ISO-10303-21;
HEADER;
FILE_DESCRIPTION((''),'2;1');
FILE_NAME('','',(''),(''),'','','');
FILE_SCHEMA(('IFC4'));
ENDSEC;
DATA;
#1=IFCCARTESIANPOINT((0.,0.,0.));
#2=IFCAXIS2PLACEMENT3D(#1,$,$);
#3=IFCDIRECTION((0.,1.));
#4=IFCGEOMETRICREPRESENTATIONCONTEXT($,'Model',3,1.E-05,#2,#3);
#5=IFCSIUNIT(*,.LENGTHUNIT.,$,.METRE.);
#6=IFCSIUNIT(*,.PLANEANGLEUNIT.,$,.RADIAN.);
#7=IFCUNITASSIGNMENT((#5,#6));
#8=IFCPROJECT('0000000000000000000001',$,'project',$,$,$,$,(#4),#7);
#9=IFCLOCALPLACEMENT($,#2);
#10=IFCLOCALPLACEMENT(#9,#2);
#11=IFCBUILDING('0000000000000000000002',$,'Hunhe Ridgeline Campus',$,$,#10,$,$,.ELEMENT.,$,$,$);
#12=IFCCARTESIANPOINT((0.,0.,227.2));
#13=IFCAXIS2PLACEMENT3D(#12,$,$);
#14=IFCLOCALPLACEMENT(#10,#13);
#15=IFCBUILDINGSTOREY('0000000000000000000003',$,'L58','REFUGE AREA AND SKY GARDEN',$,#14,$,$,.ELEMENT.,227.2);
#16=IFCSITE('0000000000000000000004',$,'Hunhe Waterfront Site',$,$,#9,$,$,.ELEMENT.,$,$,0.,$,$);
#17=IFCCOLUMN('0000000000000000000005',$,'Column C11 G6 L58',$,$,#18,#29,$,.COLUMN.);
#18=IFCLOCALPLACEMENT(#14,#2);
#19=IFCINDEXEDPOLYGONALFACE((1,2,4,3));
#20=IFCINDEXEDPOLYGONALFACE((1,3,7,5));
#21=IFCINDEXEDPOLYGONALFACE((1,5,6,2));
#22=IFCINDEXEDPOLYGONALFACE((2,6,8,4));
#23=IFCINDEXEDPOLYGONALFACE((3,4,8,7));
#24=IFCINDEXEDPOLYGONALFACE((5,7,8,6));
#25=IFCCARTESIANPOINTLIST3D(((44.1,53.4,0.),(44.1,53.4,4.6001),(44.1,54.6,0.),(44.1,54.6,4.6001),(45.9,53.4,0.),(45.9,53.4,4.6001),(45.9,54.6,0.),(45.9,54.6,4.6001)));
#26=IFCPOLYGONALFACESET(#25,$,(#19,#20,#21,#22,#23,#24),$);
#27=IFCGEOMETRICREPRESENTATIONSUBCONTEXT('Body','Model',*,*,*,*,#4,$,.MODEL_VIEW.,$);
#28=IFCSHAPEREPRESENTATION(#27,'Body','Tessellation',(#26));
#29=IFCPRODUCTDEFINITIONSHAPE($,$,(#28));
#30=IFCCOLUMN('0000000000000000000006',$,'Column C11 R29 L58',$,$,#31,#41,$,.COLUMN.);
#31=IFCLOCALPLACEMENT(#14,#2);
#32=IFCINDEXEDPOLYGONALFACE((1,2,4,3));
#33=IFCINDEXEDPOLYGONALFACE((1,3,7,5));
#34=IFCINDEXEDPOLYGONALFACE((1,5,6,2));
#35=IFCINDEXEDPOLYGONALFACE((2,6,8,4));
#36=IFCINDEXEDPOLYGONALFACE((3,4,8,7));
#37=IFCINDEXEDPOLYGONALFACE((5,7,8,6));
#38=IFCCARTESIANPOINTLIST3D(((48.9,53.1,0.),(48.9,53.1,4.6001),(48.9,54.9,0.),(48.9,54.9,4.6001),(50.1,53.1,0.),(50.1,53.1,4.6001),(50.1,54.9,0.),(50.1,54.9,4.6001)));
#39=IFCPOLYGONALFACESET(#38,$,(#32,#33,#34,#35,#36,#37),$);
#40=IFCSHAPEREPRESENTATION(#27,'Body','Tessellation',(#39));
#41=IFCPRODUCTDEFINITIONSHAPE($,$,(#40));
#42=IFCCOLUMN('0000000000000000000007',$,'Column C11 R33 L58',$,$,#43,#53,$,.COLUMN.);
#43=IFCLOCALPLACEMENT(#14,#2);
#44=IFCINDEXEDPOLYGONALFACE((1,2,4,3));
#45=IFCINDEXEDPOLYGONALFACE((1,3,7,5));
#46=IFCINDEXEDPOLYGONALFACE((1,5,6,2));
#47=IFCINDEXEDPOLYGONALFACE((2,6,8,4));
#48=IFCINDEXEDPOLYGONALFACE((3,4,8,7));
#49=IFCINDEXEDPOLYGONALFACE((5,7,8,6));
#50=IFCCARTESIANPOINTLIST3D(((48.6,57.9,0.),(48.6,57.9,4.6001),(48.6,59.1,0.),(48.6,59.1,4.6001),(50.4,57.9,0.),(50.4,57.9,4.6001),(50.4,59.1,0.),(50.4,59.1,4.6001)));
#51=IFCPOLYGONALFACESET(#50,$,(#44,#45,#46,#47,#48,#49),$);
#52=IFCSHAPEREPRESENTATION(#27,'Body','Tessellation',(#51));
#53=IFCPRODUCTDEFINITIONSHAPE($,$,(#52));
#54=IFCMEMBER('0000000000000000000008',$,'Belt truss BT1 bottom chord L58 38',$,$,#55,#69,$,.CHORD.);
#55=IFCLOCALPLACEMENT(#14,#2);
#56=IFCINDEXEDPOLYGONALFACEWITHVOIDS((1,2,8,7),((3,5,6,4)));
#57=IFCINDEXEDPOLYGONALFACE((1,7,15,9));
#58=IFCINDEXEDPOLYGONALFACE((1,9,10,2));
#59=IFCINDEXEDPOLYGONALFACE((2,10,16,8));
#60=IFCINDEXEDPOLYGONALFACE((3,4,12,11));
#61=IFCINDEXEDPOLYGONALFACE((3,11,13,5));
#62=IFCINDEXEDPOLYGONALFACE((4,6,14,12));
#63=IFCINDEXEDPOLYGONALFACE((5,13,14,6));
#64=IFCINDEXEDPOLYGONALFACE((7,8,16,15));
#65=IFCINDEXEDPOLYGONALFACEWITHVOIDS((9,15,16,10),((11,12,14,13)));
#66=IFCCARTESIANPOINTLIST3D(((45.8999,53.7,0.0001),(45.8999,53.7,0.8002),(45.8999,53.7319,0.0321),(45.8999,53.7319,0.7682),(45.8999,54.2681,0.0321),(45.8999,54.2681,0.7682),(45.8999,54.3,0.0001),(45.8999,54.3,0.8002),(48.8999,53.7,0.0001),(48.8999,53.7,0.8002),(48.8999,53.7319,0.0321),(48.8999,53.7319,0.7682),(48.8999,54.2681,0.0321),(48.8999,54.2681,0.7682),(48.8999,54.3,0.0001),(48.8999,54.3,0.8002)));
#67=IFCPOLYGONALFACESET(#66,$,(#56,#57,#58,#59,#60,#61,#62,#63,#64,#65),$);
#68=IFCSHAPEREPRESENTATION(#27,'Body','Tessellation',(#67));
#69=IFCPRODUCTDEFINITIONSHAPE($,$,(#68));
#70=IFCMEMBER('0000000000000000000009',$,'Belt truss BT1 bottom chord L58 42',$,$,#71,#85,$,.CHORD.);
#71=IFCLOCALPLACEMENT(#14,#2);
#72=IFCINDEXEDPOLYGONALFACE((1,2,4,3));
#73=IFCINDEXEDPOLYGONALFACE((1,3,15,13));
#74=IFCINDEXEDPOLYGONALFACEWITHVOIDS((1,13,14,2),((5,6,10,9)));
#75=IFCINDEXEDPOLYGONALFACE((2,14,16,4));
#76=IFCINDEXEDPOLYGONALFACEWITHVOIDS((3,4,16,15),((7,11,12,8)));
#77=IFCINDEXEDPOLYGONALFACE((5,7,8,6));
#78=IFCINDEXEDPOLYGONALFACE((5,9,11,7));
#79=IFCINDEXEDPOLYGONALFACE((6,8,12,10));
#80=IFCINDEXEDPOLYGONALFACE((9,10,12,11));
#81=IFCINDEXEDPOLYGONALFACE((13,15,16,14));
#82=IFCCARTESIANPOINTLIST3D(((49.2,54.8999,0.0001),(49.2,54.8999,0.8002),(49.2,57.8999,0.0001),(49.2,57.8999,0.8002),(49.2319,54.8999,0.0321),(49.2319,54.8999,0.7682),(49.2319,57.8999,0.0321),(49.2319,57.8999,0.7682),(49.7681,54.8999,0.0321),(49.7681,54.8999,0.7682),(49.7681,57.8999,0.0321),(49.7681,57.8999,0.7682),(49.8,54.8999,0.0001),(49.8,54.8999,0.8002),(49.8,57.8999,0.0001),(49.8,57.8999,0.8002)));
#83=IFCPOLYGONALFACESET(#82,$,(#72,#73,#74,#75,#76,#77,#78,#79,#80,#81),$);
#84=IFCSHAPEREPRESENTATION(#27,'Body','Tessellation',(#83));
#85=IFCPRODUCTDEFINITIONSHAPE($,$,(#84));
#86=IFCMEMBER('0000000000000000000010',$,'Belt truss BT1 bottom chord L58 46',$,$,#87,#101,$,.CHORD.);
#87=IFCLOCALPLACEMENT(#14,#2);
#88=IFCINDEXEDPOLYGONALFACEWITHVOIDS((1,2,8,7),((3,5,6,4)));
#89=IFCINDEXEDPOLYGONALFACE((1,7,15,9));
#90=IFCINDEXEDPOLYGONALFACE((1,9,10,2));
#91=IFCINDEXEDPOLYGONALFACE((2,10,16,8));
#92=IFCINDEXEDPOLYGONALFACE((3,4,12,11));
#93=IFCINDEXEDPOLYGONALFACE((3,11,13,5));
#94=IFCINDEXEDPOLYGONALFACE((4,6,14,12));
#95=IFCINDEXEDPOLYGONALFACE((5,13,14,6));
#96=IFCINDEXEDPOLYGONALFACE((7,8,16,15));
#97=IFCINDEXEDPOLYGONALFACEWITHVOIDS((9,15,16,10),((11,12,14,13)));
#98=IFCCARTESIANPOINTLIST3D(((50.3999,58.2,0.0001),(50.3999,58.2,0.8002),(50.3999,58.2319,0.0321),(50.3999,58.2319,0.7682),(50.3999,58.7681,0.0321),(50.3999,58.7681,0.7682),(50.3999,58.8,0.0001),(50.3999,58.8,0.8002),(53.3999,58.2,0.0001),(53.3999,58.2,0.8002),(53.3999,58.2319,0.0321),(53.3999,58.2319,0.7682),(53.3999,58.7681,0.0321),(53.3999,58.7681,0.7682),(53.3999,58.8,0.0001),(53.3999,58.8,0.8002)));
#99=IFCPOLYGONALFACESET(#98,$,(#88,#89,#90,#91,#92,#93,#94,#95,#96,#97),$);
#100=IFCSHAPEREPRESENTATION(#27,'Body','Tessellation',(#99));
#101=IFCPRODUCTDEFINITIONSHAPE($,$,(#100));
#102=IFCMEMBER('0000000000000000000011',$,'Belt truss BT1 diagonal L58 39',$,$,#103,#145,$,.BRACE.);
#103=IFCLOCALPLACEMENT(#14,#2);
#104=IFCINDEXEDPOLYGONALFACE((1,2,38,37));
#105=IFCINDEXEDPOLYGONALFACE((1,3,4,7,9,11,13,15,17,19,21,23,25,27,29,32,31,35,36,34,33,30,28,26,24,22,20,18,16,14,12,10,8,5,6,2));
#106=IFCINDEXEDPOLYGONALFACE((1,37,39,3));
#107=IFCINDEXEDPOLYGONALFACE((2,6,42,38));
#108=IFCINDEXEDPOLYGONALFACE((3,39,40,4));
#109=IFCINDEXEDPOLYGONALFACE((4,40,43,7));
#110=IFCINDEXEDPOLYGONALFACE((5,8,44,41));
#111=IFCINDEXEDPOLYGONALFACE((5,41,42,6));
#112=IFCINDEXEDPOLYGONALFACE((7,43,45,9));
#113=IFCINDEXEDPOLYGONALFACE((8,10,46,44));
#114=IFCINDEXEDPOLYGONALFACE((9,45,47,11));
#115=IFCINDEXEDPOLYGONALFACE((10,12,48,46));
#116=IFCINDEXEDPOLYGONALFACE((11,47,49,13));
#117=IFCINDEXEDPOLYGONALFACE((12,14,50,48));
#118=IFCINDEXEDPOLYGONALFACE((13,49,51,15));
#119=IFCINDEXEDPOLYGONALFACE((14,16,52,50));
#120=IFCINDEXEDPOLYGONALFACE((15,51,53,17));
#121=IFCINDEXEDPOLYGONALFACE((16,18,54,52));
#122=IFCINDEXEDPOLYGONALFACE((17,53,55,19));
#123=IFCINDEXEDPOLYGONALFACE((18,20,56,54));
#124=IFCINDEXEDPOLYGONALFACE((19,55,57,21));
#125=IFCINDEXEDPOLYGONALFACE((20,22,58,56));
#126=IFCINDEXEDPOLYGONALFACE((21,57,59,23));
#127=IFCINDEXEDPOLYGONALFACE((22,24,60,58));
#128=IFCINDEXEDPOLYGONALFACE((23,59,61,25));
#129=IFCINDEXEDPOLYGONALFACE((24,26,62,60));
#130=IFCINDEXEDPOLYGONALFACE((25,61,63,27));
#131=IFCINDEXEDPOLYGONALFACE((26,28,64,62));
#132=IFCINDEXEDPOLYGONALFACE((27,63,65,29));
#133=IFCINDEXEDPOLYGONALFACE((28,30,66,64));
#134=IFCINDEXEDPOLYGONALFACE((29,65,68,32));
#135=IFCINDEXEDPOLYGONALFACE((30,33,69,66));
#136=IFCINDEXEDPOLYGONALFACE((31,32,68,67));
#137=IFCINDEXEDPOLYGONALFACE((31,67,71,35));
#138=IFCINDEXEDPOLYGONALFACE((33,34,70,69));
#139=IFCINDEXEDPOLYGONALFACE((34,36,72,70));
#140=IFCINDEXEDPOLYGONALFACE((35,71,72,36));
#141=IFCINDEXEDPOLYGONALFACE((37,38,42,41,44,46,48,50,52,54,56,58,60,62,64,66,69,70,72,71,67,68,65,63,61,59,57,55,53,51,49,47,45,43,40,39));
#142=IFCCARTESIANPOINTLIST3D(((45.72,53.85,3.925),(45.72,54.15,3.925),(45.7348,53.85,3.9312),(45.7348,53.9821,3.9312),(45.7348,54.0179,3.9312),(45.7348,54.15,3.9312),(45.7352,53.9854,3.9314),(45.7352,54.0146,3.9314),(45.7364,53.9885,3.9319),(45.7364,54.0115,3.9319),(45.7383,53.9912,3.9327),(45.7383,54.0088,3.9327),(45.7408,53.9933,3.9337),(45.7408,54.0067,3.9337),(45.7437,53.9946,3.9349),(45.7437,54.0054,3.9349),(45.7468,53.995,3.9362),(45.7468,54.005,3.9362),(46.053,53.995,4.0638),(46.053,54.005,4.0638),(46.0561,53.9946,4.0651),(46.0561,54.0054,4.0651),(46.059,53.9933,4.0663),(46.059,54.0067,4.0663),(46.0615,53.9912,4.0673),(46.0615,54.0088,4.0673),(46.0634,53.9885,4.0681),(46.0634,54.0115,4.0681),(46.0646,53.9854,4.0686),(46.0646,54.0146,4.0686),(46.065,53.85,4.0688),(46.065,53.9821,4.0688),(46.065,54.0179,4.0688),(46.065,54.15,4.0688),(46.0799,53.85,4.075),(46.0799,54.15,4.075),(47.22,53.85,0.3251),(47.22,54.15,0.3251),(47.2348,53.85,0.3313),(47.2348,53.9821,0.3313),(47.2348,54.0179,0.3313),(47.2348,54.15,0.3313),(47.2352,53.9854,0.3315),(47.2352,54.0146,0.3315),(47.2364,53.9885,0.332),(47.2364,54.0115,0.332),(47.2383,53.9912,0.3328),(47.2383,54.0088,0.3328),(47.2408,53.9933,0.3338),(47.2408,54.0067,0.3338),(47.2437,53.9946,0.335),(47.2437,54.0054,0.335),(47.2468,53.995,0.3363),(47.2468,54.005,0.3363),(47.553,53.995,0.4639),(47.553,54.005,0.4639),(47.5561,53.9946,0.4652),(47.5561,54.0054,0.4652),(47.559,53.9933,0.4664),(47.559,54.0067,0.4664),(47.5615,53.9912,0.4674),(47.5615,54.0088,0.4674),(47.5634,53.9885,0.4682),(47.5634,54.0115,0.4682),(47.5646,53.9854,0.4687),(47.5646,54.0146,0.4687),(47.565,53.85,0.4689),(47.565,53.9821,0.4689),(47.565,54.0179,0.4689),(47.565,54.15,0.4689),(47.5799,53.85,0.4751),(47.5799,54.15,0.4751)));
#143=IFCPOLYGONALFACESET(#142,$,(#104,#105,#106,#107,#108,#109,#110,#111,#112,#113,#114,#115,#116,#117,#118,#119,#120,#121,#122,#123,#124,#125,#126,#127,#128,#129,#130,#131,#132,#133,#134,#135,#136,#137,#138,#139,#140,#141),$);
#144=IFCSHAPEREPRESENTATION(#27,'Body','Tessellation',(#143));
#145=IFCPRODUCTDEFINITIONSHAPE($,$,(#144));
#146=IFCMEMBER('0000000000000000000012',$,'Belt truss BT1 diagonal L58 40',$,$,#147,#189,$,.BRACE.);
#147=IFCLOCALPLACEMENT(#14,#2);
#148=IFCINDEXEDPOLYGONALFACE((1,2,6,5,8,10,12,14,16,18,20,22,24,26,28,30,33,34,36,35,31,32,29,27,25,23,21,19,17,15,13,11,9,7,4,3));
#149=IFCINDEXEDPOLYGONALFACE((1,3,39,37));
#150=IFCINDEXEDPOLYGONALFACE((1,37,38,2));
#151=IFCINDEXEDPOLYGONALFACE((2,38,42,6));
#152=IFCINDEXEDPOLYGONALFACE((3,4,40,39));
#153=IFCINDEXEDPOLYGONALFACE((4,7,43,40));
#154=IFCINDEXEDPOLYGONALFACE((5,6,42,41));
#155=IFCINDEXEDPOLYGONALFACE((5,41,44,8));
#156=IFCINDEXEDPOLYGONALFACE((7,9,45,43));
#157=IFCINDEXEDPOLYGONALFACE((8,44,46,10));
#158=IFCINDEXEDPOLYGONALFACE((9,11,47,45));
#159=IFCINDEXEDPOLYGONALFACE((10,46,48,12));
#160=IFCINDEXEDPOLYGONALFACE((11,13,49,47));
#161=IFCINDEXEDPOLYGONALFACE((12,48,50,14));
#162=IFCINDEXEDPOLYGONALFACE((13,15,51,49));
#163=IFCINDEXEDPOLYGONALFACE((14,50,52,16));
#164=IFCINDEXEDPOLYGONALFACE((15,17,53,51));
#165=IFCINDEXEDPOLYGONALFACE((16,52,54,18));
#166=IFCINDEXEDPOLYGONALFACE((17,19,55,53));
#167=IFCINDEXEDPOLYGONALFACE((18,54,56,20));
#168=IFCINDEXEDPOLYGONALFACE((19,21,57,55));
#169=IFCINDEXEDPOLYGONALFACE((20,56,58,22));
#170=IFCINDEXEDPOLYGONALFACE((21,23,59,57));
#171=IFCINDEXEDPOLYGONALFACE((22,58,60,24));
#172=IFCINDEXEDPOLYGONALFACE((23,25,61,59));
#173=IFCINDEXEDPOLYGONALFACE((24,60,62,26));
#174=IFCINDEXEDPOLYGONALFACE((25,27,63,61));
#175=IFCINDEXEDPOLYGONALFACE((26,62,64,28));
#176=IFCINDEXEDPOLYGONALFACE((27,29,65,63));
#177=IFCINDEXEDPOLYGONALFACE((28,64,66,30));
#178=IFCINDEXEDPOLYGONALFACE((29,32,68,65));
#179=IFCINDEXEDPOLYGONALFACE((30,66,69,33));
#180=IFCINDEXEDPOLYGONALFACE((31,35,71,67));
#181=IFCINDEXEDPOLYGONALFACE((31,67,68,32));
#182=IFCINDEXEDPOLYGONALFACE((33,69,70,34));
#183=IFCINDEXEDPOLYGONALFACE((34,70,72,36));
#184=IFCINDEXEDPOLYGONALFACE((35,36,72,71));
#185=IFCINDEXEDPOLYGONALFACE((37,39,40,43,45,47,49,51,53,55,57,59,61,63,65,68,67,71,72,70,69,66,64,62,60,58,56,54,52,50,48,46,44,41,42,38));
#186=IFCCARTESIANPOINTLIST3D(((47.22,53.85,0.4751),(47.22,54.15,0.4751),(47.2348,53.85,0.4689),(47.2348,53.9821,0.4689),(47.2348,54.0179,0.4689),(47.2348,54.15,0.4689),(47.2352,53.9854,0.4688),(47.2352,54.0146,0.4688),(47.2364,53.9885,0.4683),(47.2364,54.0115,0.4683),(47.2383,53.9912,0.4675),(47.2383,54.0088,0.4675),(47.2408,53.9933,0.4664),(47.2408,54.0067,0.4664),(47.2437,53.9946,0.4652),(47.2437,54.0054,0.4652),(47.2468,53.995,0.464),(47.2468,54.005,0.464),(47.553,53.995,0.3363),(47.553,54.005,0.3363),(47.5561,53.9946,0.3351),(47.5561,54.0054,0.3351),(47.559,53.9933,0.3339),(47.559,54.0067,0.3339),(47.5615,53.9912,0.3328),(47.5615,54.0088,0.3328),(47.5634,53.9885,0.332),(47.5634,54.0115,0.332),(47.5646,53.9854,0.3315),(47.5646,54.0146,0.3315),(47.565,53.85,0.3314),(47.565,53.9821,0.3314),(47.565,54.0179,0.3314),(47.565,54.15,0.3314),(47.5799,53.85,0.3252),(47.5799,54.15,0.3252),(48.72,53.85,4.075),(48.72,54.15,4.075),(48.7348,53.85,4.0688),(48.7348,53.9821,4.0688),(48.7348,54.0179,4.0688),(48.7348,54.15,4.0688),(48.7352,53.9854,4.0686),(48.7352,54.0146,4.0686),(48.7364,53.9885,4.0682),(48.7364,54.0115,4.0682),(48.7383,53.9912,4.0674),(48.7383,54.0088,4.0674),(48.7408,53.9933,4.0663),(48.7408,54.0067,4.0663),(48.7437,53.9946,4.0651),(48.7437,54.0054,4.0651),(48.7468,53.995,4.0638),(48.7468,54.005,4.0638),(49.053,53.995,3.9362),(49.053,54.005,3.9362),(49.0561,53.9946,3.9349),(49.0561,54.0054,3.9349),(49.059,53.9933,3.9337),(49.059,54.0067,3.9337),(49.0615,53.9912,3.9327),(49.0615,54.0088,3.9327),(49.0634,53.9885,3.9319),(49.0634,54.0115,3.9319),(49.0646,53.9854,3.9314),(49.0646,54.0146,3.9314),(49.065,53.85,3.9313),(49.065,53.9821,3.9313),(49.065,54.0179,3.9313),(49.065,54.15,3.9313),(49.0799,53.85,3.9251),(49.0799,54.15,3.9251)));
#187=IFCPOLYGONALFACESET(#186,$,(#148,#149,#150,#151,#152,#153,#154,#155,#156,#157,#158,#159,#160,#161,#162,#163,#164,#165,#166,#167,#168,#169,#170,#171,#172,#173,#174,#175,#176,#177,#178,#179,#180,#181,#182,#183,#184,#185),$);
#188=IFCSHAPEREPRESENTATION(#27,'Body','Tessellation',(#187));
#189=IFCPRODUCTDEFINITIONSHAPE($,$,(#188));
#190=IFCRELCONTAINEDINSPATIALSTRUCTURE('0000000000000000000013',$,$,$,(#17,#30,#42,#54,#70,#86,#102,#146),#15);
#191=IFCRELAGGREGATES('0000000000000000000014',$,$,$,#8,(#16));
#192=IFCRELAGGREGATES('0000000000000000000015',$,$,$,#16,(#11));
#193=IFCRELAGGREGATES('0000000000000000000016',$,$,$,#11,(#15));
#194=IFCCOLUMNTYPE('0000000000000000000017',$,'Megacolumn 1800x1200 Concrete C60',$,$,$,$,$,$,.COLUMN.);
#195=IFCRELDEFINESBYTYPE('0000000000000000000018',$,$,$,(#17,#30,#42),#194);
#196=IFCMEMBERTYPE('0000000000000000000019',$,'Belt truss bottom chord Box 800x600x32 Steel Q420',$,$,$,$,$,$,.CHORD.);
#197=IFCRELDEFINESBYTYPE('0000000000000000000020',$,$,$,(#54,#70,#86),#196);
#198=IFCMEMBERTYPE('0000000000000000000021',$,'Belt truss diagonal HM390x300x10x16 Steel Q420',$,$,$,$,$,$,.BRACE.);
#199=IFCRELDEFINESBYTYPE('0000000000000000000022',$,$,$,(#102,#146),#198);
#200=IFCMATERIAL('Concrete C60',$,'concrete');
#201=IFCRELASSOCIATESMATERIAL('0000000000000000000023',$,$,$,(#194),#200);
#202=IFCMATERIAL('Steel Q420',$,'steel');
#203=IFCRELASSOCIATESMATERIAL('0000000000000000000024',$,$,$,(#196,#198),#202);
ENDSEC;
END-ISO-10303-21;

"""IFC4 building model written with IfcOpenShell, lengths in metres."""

from ifc_helpers import new_model, si_unit, direction, frame, origin, origin_2d, place, context, subcontext, project, spatial, rectangle, hollow_rectangle, i_section, extrude, material, material_profile, profile_set, type_object, element, save


model = new_model("IFC4")

# Units and contexts
model_context = context("Model", 3, precision=1e-05, world=origin(), true_north=direction((0.0, 1.0)))
body_context = subcontext(model_context, "Body", "Model", "MODEL_VIEW")
ifc_project = project(units=[si_unit("LENGTHUNIT", "METRE"), si_unit("PLANEANGLEUNIT", "RADIAN")], contexts=[model_context])

# Site, building, storey
site_placement = place(None, origin())
site = spatial("IfcSite", under=ifc_project, at=site_placement, Name="Hunhe Waterfront Site", CompositionType="ELEMENT", RefElevation=0.0)
building_placement = place(site_placement, origin())
building = spatial("IfcBuilding", under=site, at=building_placement, Name="Hunhe Ridgeline Campus", CompositionType="ELEMENT")
storey_placement = place(building_placement, frame((0.0, 0.0, 227.2)))
storey = spatial("IfcBuildingStorey", under=building, at=storey_placement, Name="L58", Description="REFUGE AREA AND SKY GARDEN", CompositionType="ELEMENT", Elevation=227.2)

# Columns
ifc_material_1 = material(Name="Concrete C60", Category="concrete")
ifc_material_profile_1 = material_profile(ifc_material_1, rectangle(XDim=1.8, YDim=1.2, at=origin_2d()))
ifc_profile_set_1 = profile_set([ifc_material_profile_1], Name="Concrete C60")
column_type = type_object("IfcColumnType", Name="Megacolumn 1800x1200 Concrete C60", PredefinedType="COLUMN", material=ifc_profile_set_1)
for number, where, z_axis, x_axis, name in (
    (1, (45.0, 54.0, 0.0), (0.0, 0.0, 1.0), (1.0, 0.0, 0.0), "Column C11 G6 L58"),
    (2, (49.5, 54.0, 0.0), (0.0, 0.0, 1.0), (0.0, 1.0, 0.0), "Column C11 R29 L58"),
    (3, (49.5, 58.5, 0.0), (0.0, 0.0, 1.0), (1.0, 0.0, 0.0), "Column C11 R33 L58"),
):
    element("IfcColumn", number, at=place(storey_placement, frame(where, z_axis=z_axis, x_axis=x_axis)), inside=storey, type_object=column_type, Name=name, PredefinedType="COLUMN", context=body_context, shape_type="SweptSolid", body=[
        extrude(rectangle(XDim=1.8, YDim=1.2, at=origin_2d()), origin(), (0.0, 0.0, 1.0), 4.6001),
    ])

# Members
ifc_material_2 = material(Name="Steel Q420", Category="steel")
ifc_material_profile_2 = material_profile(ifc_material_2, hollow_rectangle(XDim=0.6001, YDim=0.8, WallThickness=0.032, at=origin_2d()))
ifc_profile_set_2 = profile_set([ifc_material_profile_2], Name="Steel Q420")
member_type_1 = type_object("IfcMemberType", Name="Belt truss bottom chord Box 800x600x32 Steel Q420", PredefinedType="CHORD", material=ifc_profile_set_2)
for number, where, z_axis, x_axis, name in (
    (4, (45.8999, 54.0, 0.4001), (1.0, 0.0, 0.0), (0.0, 1.0, 0.0), "Belt truss BT1 bottom chord L58 38"),
    (5, (49.5, 54.8999, 0.4001), (0.0, 1.0, 0.0), (-1.0, 0.0, 0.0), "Belt truss BT1 bottom chord L58 42"),
    (6, (50.3999, 58.5, 0.4001), (1.0, 0.0, 0.0), (0.0, 1.0, 0.0), "Belt truss BT1 bottom chord L58 46"),
):
    element("IfcMember", number, at=place(storey_placement, frame(where, z_axis=z_axis, x_axis=x_axis)), inside=storey, type_object=member_type_1, Name=name, PredefinedType="CHORD", context=body_context, shape_type="SweptSolid", body=[
        extrude(hollow_rectangle(XDim=0.6001, YDim=0.8, WallThickness=0.032, at=origin_2d()), origin(), (0.0, 0.0, 1.0), 3.0),
    ])
ifc_material_profile_3 = material_profile(ifc_material_2, i_section(OverallWidth=0.3, OverallDepth=0.3899, WebThickness=0.01, FlangeThickness=0.0161, FilletRadius=0.0129, at=origin_2d()))
ifc_profile_set_3 = profile_set([ifc_material_profile_3], Name="Steel Q420")
member_type_2 = type_object("IfcMemberType", Name="Belt truss diagonal HM390x300x10x16 Steel Q420", PredefinedType="BRACE", material=ifc_profile_set_3)
for number, where, z_axis, x_axis, name in (
    (7, (45.8999, 54.0, 4.0), (0.384629, 0.0, -0.923071), (0.0, 1.0, 0.0), "Belt truss BT1 diagonal L58 39"),
    (8, (47.3999, 54.0, 0.4001), (0.384629, 0.0, 0.923071), (0.0, 1.0, 0.0), "Belt truss BT1 diagonal L58 40"),
):
    element("IfcMember", number, at=place(storey_placement, frame(where, z_axis=z_axis, x_axis=x_axis)), inside=storey, type_object=member_type_2, Name=name, PredefinedType="BRACE", context=body_context, shape_type="SweptSolid", body=[
        extrude(i_section(OverallWidth=0.3, OverallDepth=0.3899, WebThickness=0.01, FlangeThickness=0.0161, FilletRadius=0.0129, at=origin_2d()), origin(), (0.0, 0.0, 1.0), 3.8999),
    ])

save(model, "model.ifc")
